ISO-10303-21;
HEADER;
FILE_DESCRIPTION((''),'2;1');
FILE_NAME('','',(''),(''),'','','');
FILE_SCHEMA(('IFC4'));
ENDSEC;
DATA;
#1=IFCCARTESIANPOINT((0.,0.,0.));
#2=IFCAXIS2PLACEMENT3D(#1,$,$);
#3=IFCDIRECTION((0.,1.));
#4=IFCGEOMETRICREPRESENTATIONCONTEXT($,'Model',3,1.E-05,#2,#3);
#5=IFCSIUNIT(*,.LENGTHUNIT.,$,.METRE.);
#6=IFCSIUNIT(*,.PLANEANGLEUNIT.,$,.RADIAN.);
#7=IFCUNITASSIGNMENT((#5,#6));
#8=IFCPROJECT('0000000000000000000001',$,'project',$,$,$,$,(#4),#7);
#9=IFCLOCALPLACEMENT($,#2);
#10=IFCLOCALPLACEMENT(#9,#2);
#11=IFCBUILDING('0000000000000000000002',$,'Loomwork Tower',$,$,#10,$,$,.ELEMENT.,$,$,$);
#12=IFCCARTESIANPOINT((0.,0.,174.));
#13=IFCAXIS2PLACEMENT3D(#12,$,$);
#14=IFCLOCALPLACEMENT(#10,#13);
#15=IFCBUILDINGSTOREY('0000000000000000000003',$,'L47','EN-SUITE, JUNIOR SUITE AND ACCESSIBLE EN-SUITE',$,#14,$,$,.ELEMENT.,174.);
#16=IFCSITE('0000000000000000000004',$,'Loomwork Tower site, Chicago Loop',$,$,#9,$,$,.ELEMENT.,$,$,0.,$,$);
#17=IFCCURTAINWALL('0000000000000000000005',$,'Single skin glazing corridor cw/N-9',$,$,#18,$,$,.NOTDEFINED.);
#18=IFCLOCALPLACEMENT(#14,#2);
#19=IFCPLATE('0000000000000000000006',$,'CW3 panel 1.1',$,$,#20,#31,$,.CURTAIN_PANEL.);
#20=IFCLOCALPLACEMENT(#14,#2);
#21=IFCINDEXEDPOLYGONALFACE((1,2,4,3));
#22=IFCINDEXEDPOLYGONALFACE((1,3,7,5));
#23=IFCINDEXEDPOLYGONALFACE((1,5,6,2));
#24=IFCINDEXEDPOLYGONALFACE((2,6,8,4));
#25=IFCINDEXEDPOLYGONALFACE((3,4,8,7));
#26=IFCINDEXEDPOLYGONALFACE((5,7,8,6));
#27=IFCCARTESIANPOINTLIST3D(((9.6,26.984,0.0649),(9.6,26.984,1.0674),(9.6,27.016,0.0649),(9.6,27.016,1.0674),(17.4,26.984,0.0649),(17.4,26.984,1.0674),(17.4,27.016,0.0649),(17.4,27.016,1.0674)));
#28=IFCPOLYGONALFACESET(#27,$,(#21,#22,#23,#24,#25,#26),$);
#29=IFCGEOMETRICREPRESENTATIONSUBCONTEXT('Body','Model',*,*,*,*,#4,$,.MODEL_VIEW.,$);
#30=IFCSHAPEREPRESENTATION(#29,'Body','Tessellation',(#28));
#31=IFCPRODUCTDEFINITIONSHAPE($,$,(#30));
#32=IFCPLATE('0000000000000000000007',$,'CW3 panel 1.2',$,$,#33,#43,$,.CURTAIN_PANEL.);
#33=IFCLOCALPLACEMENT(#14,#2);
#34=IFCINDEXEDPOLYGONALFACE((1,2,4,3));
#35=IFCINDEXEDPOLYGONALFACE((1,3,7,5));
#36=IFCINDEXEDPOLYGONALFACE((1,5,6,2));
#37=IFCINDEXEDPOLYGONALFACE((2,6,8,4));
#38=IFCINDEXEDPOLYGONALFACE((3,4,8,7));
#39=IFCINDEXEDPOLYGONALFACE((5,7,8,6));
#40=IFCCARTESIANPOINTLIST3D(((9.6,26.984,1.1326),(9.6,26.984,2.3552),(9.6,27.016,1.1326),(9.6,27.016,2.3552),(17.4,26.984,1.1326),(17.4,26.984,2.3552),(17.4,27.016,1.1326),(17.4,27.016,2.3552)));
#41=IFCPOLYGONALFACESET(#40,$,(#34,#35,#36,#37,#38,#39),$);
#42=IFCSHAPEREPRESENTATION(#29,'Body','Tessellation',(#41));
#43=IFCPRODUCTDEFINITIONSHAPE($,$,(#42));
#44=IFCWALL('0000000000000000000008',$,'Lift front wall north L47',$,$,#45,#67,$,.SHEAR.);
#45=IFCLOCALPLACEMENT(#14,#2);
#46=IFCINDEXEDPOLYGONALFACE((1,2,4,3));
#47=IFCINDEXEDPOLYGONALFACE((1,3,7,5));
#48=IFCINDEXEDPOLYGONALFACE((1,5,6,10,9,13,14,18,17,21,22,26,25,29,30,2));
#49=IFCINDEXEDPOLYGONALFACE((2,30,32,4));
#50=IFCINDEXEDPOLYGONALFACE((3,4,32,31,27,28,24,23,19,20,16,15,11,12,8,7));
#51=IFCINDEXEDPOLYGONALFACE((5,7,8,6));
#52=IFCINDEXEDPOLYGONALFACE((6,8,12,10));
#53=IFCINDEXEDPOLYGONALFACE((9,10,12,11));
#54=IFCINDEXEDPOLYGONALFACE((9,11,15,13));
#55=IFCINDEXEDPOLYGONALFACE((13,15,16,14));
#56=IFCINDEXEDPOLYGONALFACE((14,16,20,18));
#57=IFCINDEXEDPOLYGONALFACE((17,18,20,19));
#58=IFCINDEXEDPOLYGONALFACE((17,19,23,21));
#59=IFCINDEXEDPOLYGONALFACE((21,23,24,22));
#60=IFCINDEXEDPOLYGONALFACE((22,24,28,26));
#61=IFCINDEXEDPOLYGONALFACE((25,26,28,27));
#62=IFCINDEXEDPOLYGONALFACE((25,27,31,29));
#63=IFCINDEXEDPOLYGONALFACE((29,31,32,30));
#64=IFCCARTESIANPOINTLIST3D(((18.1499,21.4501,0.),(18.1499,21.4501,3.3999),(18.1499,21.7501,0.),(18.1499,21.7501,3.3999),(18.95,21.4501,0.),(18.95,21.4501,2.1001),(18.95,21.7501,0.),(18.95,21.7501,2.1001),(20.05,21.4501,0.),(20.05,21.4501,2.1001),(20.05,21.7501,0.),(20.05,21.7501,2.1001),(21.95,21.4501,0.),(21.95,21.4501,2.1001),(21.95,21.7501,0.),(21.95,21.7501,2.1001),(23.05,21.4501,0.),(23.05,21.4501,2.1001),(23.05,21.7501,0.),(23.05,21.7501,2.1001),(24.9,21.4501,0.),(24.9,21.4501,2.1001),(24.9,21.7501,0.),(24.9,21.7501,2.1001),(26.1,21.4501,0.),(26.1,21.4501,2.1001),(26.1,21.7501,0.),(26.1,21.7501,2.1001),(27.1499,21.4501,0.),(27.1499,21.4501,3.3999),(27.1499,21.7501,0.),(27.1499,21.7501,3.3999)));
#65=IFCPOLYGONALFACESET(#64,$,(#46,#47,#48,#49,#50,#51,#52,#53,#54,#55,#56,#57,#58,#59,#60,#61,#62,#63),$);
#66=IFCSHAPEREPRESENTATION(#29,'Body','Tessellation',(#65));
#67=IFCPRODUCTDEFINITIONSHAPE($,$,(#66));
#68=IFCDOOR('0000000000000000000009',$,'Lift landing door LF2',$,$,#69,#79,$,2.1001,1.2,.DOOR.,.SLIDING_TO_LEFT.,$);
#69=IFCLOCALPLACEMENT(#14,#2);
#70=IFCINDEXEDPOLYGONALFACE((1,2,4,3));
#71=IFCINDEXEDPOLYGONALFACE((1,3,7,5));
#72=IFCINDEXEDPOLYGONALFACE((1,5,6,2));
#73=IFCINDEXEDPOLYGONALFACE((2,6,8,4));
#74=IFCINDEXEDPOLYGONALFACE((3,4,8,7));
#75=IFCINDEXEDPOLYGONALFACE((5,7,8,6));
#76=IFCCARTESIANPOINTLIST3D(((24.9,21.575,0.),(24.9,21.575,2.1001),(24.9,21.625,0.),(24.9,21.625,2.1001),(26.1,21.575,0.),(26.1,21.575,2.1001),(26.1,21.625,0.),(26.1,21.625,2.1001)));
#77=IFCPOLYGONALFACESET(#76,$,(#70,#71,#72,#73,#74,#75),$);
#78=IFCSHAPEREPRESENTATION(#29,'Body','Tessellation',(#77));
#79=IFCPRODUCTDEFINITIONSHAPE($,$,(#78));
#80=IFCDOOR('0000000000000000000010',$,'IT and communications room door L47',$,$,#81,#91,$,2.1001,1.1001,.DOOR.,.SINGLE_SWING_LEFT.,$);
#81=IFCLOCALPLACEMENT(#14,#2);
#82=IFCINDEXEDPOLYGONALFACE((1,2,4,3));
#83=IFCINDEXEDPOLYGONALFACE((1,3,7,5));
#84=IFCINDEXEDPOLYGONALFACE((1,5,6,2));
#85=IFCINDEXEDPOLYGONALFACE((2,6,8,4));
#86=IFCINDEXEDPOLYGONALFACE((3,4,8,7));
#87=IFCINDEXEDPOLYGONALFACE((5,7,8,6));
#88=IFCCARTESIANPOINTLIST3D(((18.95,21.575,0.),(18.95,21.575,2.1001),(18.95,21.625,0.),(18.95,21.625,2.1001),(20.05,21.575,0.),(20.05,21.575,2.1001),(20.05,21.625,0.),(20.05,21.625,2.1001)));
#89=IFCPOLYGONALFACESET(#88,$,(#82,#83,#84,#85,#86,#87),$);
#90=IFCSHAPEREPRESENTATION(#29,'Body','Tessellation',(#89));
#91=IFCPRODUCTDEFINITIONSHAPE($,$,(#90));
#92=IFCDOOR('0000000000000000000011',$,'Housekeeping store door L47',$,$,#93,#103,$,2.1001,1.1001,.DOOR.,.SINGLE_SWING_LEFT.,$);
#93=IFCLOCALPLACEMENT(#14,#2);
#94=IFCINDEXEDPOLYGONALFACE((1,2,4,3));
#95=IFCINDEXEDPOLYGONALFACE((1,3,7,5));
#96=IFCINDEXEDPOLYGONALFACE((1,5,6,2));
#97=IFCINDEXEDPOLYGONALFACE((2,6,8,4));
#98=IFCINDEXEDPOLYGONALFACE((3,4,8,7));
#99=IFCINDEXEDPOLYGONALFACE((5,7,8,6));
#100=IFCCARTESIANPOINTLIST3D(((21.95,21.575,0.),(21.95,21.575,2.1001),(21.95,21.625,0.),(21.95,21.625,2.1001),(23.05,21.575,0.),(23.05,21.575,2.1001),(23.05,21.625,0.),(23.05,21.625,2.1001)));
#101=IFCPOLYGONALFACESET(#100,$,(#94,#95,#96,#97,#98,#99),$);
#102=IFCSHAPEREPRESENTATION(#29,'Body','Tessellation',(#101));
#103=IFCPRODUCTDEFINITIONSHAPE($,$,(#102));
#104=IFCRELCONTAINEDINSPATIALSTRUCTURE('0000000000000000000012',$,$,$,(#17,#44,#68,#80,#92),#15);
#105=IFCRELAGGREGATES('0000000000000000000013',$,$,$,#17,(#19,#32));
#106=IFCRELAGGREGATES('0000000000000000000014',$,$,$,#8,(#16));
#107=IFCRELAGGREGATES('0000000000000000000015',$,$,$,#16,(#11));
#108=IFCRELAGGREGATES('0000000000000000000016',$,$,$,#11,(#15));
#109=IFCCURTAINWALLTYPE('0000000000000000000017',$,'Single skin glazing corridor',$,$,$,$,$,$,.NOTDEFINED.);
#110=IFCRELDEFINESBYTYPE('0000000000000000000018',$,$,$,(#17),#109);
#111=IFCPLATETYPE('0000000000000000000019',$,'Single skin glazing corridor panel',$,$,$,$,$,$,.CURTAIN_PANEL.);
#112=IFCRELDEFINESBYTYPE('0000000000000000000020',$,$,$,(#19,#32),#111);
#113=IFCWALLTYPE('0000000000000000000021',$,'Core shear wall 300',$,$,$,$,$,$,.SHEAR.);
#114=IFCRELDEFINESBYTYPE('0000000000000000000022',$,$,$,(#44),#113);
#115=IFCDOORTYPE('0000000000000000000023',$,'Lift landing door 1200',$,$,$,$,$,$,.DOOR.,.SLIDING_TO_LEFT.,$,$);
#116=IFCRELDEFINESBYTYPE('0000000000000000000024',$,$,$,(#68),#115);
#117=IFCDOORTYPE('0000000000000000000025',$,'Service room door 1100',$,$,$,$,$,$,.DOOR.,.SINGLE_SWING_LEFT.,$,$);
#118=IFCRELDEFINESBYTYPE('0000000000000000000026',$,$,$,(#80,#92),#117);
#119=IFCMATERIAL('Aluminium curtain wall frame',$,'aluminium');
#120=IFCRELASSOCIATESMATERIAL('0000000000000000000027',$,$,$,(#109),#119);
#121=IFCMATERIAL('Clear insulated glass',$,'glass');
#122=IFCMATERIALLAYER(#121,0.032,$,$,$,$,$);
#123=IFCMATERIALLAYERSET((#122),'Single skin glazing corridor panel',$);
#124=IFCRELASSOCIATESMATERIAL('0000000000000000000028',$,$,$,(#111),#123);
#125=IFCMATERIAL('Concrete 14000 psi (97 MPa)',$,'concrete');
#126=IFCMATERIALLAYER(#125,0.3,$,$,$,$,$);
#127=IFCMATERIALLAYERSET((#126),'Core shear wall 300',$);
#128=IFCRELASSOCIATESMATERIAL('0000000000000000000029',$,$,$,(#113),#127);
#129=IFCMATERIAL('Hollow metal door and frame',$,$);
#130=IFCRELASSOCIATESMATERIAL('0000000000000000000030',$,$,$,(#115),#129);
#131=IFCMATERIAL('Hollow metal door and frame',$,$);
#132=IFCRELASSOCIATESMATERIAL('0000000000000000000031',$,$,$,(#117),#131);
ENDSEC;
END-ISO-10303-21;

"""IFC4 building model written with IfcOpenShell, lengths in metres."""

from ifc_helpers import new_model, si_unit, direction, frame, frame_2d, origin, origin_2d, place, context, subcontext, project, spatial, rectangle, extrude, material, layer, layer_set, type_object, element, fill, aggregate, save


model = new_model("IFC4")

# Units and contexts
model_context = context("Model", 3, precision=1e-05, world=origin(), true_north=direction((0.0, 1.0)))
body_context = subcontext(model_context, "Body", "Model", "MODEL_VIEW")
ifc_project = project(units=[si_unit("LENGTHUNIT", "METRE"), si_unit("PLANEANGLEUNIT", "RADIAN")], contexts=[model_context])

# Site, building, storey
site_placement = place(None, origin())
site = spatial("IfcSite", under=ifc_project, at=site_placement, Name="Loomwork Tower site, Chicago Loop", CompositionType="ELEMENT", RefElevation=0.0)
building_placement = place(site_placement, origin())
building = spatial("IfcBuilding", under=site, at=building_placement, Name="Loomwork Tower", CompositionType="ELEMENT")
storey_placement = place(building_placement, frame((0.0, 0.0, 174.0)))
storey = spatial("IfcBuildingStorey", under=building, at=storey_placement, Name="L47", Description="EN-SUITE, JUNIOR SUITE AND ACCESSIBLE EN-SUITE", CompositionType="ELEMENT", Elevation=174.0)

# Shared definitions
ifc_material_1 = material(Name="Aluminium curtain wall frame", Category="aluminium")
curtain_wall_type = type_object("IfcCurtainWallType", Name="Single skin glazing corridor", PredefinedType="NOTDEFINED", material=ifc_material_1)

# Curtain wall, plates
curtain_wall_1_placement = place(storey_placement, origin())
curtain_wall_1 = element("IfcCurtainWall", 1, at=curtain_wall_1_placement, inside=storey, type_object=curtain_wall_type, Name="Single skin glazing corridor cw/N-9", PredefinedType="NOTDEFINED")
ifc_material_2 = material(Name="Clear insulated glass", Category="glass")
ifc_layer_1 = layer(ifc_material_2, 0.032)
ifc_layer_set_1 = layer_set([ifc_layer_1], Name="Single skin glazing corridor panel")
plate_type = type_object("IfcPlateType", Name="Single skin glazing corridor panel", PredefinedType="CURTAIN_PANEL", material=ifc_layer_set_1)
plate_1_placement = place(storey_placement, frame((13.5, 27.0, 0.0649), z_axis=(0.0, 0.0, 1.0), x_axis=(-1.0, 0.0, 0.0)))
plate_1 = element("IfcPlate", 2, at=plate_1_placement, type_object=plate_type, Name="CW3 panel 1.1", PredefinedType="CURTAIN_PANEL", context=body_context, shape_type="SweptSolid", body=[
    extrude(rectangle(XDim=7.8, YDim=0.032, at=origin_2d()), origin(), (0.0, 0.0, 1.0), 1.0024),
])
plate_2_placement = place(storey_placement, frame((13.5, 27.0, 1.1326), z_axis=(0.0, 0.0, 1.0), x_axis=(-1.0, 0.0, 0.0)))
plate_2 = element("IfcPlate", 3, at=plate_2_placement, type_object=plate_type, Name="CW3 panel 1.2", PredefinedType="CURTAIN_PANEL", context=body_context, shape_type="SweptSolid", body=[
    extrude(rectangle(XDim=7.8, YDim=0.032, at=origin_2d()), origin(), (0.0, 0.0, 1.0), 1.2227),
])
aggregate(curtain_wall_1, [plate_1, plate_2])

# Wall, openings, doors
ifc_material_3 = material(Name="Concrete 14000 psi (97 MPa)", Category="concrete")
ifc_layer_2 = layer(ifc_material_3, 0.3)
ifc_layer_set_2 = layer_set([ifc_layer_2], Name="Core shear wall 300")
wall_type_1 = type_object("IfcWallType", Name="Core shear wall 300", PredefinedType="SHEAR", material=ifc_layer_set_2)
wall_1_placement = place(storey_placement, frame((18.1499, 21.6001, 0.0), z_axis=(0.0, 0.0, 1.0), x_axis=(1.0, 0.0, 0.0)))
wall_1 = element("IfcWall", 4, at=wall_1_placement, inside=storey, type_object=wall_type_1, Name="Lift front wall north L47", PredefinedType="SHEAR", context=body_context, shape_type="SweptSolid", body=[
    extrude(rectangle(XDim=9.0, YDim=0.3, at=frame_2d((4.5, 0.0))), origin(), (0.0, 0.0, 1.0), 3.3999),
])
opening_1_placement = place(wall_1_placement, frame((6.75, 0.0, 0.0)))
opening_1 = element("IfcOpeningElement", 5, at=opening_1_placement, cuts=wall_1, PredefinedType="OPENING", context=body_context, shape_type="SweptSolid", body=[
    extrude(rectangle(XDim=1.2, YDim=2.1001, at=frame_2d((0.6001, 1.05))), frame((0.0, 0.1599, 0.0), z_axis=(0.0, -1.0, 0.0), x_axis=(1.0, 0.0, 0.0)), (0.0, 0.0, 1.0), 0.3201),
])
opening_2_placement = place(wall_1_placement, frame((0.8, 0.0, 0.0)))
opening_2 = element("IfcOpeningElement", 6, at=opening_2_placement, cuts=wall_1, PredefinedType="OPENING", context=body_context, shape_type="SweptSolid", body=[
    extrude(rectangle(XDim=1.1001, YDim=2.1001, at=frame_2d((0.55, 1.05))), frame((0.0, 0.1599, 0.0), z_axis=(0.0, -1.0, 0.0), x_axis=(1.0, 0.0, 0.0)), (0.0, 0.0, 1.0), 0.3201),
])
opening_3_placement = place(wall_1_placement, frame((3.8, 0.0, 0.0)))
opening_3 = element("IfcOpeningElement", 7, at=opening_3_placement, cuts=wall_1, PredefinedType="OPENING", context=body_context, shape_type="SweptSolid", body=[
    extrude(rectangle(XDim=1.1001, YDim=2.1001, at=frame_2d((0.55, 1.05))), frame((0.0, 0.1599, 0.0), z_axis=(0.0, -1.0, 0.0), x_axis=(1.0, 0.0, 0.0)), (0.0, 0.0, 1.0), 0.3201),
])
ifc_material_4 = material(Name="Hollow metal door and frame")
door_type_1 = type_object("IfcDoorType", Name="Lift landing door 1200", OperationType="SLIDING_TO_LEFT", PredefinedType="DOOR", material=ifc_material_4)
door_1_placement = place(opening_1_placement, origin())
door_1 = element("IfcDoor", 8, at=door_1_placement, inside=storey, type_object=door_type_1, Name="Lift landing door LF2", OperationType="SLIDING_TO_LEFT", OverallHeight=2.1001, OverallWidth=1.2, PredefinedType="DOOR", context=body_context, shape_type="SweptSolid", body=[
    extrude(rectangle(XDim=1.2, YDim=2.1001, at=frame_2d((0.6001, 1.05))), frame((0.0, 0.0249, 0.0), z_axis=(0.0, -1.0, 0.0), x_axis=(1.0, 0.0, 0.0)), (0.0, 0.0, 1.0), 0.05),
])
fill(opening_1, door_1)
ifc_material_5 = material(Name="Hollow metal door and frame")
door_type_2 = type_object("IfcDoorType", Name="Service room door 1100", OperationType="SINGLE_SWING_LEFT", PredefinedType="DOOR", material=ifc_material_5)
door_2_placement = place(opening_2_placement, origin())
door_2 = element("IfcDoor", 9, at=door_2_placement, inside=storey, type_object=door_type_2, Name="IT and communications room door L47", OperationType="SINGLE_SWING_LEFT", OverallHeight=2.1001, OverallWidth=1.1001, PredefinedType="DOOR", context=body_context, shape_type="SweptSolid", body=[
    extrude(rectangle(XDim=1.1001, YDim=2.1001, at=frame_2d((0.55, 1.05))), frame((0.0, 0.0249, 0.0), z_axis=(0.0, -1.0, 0.0), x_axis=(1.0, 0.0, 0.0)), (0.0, 0.0, 1.0), 0.05),
])
fill(opening_2, door_2)
door_3_placement = place(opening_3_placement, origin())
door_3 = element("IfcDoor", 10, at=door_3_placement, inside=storey, type_object=door_type_2, Name="Housekeeping store door L47", OperationType="SINGLE_SWING_LEFT", OverallHeight=2.1001, OverallWidth=1.1001, PredefinedType="DOOR", context=body_context, shape_type="SweptSolid", body=[
    extrude(rectangle(XDim=1.1001, YDim=2.1001, at=frame_2d((0.55, 1.05))), frame((0.0, 0.0249, 0.0), z_axis=(0.0, -1.0, 0.0), x_axis=(1.0, 0.0, 0.0)), (0.0, 0.0, 1.0), 0.05),
])
fill(opening_3, door_3)

save(model, "model.ifc")
